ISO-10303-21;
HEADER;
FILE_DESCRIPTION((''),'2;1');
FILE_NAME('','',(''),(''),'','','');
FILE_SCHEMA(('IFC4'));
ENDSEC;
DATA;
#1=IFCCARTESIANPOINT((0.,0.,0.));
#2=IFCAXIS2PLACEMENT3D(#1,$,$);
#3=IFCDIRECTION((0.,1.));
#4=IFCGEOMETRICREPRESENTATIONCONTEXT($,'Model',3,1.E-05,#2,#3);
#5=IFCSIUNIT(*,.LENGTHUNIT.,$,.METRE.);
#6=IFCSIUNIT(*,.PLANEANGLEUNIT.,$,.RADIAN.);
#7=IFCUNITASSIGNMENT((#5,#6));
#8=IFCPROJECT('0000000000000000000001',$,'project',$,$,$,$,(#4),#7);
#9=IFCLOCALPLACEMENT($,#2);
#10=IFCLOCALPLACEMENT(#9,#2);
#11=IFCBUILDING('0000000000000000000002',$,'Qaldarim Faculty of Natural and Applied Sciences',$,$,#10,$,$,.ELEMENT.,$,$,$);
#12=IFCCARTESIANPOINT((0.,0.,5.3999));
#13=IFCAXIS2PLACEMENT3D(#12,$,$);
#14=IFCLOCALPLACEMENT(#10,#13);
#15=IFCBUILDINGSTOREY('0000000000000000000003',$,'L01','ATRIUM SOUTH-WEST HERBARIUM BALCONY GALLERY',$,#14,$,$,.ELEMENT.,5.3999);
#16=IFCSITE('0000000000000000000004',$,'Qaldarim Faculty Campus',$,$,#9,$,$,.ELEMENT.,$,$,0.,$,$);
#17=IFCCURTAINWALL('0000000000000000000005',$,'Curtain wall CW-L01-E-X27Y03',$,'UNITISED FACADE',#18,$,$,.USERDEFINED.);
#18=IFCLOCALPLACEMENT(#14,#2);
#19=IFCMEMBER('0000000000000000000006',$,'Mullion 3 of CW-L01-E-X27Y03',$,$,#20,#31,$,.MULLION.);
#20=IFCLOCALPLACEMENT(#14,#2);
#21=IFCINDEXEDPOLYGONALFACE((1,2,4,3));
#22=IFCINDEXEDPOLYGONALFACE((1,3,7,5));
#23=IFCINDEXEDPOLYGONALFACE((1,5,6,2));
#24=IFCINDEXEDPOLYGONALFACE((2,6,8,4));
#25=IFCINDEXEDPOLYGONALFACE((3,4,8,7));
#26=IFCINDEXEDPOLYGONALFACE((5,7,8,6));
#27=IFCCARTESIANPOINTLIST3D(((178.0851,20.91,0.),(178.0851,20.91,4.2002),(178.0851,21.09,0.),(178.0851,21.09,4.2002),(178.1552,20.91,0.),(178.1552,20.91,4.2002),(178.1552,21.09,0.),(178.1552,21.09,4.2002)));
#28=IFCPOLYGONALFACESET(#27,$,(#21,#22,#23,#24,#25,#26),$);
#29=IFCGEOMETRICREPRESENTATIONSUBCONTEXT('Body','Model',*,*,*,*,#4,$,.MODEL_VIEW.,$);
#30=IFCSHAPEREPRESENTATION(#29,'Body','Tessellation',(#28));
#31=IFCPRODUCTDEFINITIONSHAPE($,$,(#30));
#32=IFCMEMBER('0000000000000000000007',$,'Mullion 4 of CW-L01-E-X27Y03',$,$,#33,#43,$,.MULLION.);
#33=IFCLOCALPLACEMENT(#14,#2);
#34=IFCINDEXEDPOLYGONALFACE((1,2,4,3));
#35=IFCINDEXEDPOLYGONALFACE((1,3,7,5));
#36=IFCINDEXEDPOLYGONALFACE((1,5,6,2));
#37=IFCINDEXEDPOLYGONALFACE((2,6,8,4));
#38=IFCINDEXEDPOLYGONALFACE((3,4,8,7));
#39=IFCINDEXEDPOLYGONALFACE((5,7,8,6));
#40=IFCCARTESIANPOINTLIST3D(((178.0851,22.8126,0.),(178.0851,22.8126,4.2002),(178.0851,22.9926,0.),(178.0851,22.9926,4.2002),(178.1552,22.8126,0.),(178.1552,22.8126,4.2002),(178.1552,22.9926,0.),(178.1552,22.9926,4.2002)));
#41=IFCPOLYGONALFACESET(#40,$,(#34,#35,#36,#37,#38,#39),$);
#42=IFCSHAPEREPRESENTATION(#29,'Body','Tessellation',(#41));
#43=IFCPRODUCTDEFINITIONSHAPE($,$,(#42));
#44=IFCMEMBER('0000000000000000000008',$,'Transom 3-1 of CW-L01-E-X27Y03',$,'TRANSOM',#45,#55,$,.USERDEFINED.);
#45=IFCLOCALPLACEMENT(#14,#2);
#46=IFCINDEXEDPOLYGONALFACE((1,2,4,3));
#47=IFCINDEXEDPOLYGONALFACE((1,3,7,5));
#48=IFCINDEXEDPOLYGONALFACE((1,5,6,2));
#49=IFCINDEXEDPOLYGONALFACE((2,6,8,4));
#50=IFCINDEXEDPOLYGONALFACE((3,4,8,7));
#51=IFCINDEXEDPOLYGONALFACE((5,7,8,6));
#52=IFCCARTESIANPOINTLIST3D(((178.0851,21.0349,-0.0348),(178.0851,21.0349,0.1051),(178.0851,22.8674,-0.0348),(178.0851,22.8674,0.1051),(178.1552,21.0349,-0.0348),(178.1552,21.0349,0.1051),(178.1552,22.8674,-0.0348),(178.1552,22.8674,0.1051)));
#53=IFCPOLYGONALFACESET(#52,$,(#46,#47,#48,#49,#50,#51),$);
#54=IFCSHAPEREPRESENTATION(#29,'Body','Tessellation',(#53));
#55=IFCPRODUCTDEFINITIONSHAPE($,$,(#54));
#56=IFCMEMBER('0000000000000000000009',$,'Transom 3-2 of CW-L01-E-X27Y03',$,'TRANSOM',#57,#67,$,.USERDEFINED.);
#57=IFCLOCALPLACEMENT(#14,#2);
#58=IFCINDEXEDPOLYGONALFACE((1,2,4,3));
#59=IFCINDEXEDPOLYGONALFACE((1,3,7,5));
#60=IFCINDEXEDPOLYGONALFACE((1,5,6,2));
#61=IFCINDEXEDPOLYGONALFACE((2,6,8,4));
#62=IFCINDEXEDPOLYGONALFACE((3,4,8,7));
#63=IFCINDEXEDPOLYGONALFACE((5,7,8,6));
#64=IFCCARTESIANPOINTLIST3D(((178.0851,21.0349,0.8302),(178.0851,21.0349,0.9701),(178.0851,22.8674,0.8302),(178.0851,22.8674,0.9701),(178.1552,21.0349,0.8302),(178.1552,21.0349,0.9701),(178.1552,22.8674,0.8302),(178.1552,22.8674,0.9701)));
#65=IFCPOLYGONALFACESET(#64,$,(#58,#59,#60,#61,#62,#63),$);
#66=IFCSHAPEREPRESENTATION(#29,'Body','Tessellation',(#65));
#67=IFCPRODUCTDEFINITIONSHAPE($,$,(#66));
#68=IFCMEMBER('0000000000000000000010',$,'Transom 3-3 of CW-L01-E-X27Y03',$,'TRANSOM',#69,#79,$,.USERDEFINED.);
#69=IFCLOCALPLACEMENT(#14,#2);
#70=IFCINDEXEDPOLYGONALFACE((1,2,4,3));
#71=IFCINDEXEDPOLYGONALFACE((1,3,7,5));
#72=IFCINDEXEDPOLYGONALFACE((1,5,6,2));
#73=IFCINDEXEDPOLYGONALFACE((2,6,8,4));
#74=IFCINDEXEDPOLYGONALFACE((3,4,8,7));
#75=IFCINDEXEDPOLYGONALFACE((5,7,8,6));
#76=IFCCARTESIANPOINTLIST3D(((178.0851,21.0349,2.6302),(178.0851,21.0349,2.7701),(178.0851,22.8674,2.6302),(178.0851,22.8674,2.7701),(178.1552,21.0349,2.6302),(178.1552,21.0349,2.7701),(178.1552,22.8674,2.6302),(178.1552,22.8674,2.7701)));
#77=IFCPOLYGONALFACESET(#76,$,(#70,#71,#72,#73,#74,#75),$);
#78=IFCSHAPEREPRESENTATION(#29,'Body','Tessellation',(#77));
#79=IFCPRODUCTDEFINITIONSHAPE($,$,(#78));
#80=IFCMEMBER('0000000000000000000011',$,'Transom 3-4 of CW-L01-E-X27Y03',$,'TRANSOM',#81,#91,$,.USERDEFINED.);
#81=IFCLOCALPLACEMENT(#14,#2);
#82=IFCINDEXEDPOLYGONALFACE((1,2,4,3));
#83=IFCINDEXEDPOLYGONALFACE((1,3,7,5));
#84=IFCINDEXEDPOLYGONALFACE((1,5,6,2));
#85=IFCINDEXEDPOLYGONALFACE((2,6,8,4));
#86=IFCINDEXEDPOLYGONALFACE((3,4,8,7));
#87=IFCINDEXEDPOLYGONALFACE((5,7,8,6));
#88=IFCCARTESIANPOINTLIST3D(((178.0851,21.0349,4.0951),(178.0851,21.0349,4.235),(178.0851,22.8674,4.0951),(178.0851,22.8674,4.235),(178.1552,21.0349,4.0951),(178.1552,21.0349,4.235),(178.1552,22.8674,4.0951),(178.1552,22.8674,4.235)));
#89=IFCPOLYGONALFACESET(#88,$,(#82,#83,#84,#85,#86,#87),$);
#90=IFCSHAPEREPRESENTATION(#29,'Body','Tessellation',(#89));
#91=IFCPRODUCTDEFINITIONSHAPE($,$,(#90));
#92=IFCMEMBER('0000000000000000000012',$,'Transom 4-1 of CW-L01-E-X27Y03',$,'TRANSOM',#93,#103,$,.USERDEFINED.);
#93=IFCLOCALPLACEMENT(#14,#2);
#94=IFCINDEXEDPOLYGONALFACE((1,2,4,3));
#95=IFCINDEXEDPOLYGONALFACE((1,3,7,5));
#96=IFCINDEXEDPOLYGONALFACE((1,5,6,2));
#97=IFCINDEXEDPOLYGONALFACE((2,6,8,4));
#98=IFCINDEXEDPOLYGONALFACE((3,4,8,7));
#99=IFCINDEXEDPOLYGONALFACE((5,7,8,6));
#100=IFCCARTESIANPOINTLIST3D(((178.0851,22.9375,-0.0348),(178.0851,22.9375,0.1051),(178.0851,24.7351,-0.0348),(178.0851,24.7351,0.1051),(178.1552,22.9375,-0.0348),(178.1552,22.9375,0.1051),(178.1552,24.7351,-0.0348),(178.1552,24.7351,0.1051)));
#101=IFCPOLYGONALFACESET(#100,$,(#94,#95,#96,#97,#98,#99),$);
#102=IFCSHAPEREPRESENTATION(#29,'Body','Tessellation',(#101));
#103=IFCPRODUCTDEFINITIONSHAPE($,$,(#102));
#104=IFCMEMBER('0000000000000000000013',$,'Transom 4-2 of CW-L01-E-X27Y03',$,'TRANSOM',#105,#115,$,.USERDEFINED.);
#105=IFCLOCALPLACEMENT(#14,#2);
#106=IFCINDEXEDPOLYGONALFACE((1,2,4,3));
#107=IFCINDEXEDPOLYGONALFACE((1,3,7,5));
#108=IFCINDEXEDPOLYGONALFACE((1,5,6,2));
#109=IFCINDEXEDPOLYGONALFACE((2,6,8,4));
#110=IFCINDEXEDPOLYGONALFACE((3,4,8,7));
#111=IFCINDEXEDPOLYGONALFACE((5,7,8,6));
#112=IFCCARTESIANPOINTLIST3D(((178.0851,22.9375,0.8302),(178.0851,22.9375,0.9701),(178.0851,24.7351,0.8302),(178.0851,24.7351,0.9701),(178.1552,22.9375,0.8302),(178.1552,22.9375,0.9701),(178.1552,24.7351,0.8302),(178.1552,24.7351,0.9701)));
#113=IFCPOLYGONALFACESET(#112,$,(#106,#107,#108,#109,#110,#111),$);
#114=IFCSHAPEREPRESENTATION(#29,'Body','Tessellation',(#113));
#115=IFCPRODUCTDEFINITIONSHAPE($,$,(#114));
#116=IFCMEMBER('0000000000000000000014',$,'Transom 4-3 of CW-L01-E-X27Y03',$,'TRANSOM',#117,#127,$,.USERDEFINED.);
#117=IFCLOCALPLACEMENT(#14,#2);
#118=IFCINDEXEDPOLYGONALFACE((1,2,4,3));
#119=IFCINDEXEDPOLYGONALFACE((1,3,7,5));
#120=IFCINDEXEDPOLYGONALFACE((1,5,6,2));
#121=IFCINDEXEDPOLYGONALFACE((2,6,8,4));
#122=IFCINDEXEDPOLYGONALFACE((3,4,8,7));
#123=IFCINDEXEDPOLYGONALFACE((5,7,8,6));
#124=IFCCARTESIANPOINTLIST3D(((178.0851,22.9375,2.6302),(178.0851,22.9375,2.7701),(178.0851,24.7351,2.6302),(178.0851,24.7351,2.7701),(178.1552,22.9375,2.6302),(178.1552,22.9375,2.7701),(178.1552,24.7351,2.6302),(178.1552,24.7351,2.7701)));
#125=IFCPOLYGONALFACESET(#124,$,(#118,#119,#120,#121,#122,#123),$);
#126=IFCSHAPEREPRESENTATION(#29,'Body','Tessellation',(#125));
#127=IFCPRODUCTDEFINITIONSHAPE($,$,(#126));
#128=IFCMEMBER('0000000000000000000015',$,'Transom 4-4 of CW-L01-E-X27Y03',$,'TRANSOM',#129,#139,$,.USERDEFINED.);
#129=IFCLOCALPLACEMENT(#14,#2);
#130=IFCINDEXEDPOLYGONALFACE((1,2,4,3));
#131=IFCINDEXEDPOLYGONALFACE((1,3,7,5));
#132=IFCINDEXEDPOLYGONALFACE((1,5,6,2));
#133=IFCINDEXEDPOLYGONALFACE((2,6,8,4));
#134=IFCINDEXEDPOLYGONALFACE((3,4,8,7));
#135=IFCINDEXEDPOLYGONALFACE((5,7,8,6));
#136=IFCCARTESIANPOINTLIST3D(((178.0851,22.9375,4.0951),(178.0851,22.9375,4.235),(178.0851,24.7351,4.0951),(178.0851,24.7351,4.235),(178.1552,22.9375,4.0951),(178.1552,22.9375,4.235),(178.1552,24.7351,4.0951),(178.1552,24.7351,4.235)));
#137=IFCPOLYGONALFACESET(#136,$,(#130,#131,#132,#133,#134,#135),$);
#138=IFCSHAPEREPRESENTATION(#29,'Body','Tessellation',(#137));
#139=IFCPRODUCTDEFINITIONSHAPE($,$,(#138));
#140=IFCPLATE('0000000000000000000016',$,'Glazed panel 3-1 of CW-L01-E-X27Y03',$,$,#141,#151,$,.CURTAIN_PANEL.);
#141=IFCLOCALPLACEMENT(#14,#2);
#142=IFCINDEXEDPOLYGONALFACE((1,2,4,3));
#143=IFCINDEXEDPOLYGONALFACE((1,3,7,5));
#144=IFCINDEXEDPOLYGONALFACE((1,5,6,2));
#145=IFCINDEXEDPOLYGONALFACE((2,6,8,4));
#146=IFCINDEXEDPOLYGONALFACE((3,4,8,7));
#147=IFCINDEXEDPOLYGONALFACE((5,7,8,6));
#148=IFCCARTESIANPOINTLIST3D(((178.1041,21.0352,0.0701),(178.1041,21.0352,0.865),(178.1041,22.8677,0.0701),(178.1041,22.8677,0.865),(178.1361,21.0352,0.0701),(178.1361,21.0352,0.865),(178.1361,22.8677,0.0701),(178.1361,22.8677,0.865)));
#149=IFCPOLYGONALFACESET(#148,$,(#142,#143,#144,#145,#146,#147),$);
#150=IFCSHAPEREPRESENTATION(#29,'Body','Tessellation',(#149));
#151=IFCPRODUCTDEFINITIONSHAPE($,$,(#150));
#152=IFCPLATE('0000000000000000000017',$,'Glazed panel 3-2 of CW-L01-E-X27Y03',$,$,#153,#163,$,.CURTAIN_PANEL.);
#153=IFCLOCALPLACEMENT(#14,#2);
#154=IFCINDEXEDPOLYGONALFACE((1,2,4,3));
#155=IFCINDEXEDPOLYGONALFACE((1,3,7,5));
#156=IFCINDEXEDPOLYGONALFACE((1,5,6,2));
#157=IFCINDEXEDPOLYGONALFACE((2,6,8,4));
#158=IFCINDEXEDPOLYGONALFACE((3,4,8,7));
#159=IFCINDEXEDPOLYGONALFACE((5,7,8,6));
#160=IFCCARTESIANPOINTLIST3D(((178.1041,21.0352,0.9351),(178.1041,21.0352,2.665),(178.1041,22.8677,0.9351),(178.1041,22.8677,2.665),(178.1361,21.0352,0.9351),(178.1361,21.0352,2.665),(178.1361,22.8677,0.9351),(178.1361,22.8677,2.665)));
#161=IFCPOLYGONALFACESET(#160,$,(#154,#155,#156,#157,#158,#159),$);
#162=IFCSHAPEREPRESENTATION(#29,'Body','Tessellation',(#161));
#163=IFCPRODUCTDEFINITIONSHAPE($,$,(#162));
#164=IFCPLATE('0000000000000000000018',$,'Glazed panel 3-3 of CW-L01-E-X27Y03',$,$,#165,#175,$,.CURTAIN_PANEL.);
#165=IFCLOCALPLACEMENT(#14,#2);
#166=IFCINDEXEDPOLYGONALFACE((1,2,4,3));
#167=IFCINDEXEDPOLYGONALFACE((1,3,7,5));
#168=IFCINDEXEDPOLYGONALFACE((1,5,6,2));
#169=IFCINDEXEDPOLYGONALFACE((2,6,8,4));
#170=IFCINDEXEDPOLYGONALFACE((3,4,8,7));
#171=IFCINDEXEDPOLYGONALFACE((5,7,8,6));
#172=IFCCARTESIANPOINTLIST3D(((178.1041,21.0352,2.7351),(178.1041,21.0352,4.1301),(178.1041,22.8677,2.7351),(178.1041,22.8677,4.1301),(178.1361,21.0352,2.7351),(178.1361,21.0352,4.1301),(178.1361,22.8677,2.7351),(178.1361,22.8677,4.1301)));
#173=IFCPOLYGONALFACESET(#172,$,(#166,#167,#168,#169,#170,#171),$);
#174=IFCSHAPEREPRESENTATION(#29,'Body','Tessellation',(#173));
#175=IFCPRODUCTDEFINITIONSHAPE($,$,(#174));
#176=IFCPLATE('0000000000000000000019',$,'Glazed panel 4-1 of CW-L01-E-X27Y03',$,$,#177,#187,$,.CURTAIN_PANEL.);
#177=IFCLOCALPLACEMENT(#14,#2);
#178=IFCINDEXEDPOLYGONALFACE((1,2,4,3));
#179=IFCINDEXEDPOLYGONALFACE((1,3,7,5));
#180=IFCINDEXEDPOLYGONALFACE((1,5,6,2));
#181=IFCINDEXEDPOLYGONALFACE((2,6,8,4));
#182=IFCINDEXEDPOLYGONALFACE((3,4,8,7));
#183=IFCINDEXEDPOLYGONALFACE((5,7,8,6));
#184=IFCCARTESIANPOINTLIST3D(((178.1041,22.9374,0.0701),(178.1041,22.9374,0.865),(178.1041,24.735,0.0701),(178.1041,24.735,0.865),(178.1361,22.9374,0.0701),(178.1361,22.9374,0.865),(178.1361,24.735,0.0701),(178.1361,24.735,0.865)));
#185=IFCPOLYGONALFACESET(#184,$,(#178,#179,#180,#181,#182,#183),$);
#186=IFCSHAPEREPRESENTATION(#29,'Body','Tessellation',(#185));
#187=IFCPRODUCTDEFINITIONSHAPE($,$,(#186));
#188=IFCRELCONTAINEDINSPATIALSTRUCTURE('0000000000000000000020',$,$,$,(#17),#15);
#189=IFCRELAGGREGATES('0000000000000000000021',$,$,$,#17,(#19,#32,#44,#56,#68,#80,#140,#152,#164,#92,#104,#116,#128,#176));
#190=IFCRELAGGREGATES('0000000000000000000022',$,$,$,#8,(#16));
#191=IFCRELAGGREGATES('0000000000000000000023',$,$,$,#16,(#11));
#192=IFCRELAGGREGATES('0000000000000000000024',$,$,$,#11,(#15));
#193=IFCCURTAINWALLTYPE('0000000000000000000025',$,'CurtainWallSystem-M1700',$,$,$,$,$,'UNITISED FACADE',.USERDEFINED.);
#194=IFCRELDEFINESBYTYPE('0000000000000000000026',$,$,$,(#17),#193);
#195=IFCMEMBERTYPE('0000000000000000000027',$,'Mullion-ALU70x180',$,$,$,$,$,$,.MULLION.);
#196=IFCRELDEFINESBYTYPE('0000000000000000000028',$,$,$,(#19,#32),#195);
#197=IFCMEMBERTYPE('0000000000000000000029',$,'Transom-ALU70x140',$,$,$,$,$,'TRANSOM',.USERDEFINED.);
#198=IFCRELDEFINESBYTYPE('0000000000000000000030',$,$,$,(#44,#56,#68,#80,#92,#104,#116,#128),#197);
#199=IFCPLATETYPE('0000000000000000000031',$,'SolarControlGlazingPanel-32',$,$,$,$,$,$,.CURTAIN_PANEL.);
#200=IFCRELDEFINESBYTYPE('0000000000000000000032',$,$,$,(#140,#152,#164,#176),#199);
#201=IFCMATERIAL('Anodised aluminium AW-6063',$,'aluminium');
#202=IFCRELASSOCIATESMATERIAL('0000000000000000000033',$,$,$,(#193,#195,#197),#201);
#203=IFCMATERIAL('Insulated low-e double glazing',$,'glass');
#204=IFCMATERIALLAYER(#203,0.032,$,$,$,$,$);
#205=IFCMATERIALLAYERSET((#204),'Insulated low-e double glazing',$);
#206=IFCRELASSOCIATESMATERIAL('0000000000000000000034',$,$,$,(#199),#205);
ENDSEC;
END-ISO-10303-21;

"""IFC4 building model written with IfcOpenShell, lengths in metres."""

from ifc_helpers import new_model, si_unit, direction, frame, origin, origin_2d, place, context, subcontext, project, spatial, rectangle, extrude, material, layer, layer_set, material_profile, profile_set, type_object, element, aggregate, save


model = new_model("IFC4")

# Units and contexts
model_context = context("Model", 3, precision=1e-05, world=origin(), true_north=direction((0.0, 1.0)))
body_context = subcontext(model_context, "Body", "Model", "MODEL_VIEW")
ifc_project = project(units=[si_unit("LENGTHUNIT", "METRE"), si_unit("PLANEANGLEUNIT", "RADIAN")], contexts=[model_context])

# Site, building, storey
site_placement = place(None, origin())
site = spatial("IfcSite", under=ifc_project, at=site_placement, Name="Qaldarim Faculty Campus", CompositionType="ELEMENT", RefElevation=0.0)
building_placement = place(site_placement, origin())
building = spatial("IfcBuilding", under=site, at=building_placement, Name="Qaldarim Faculty of Natural and Applied Sciences", CompositionType="ELEMENT")
storey_placement = place(building_placement, frame((0.0, 0.0, 5.3999)))
storey = spatial("IfcBuildingStorey", under=building, at=storey_placement, Name="L01", Description="ATRIUM SOUTH-WEST HERBARIUM BALCONY GALLERY", CompositionType="ELEMENT", Elevation=5.3999)

# Curtain wall, members, plates
ifc_material_1 = material(Name="Anodised aluminium AW-6063", Category="aluminium")
curtain_wall_type = type_object("IfcCurtainWallType", Name="CurtainWallSystem-M1700", ElementType="UNITISED FACADE", PredefinedType="USERDEFINED", material=ifc_material_1)
curtain_wall_placement = place(storey_placement, origin())
curtain_wall = element("IfcCurtainWall", 1, at=curtain_wall_placement, inside=storey, type_object=curtain_wall_type, Name="Curtain wall CW-L01-E-X27Y03", ObjectType="UNITISED FACADE", PredefinedType="USERDEFINED")
ifc_material_profile_1 = material_profile(ifc_material_1, rectangle(XDim=0.0701, YDim=0.1799, at=origin_2d()), Name="ALU-M70x180")
ifc_profile_set_1 = profile_set([ifc_material_profile_1], Name="Anodised aluminium AW-6063")
member_type_1 = type_object("IfcMemberType", Name="Mullion-ALU70x180", PredefinedType="MULLION", material=ifc_profile_set_1)
member_1_placement = place(storey_placement, frame((178.1201, 21.0, 0.0), z_axis=(0.0, 0.0, 1.0), x_axis=(-1.0, 0.0, 0.0)))
member_1 = element("IfcMember", 2, at=member_1_placement, type_object=member_type_1, Name="Mullion 3 of CW-L01-E-X27Y03", PredefinedType="MULLION", context=body_context, shape_type="SweptSolid", body=[
    extrude(rectangle(XDim=0.0701, YDim=0.1799, at=origin_2d()), origin(), (0.0, 0.0, 1.0), 4.2002),
])
member_2_placement = place(storey_placement, frame((178.1201, 22.9026, 0.0), z_axis=(0.0, 0.0, 1.0), x_axis=(-1.0, 0.0, 0.0)))
member_2 = element("IfcMember", 3, at=member_2_placement, type_object=member_type_1, Name="Mullion 4 of CW-L01-E-X27Y03", PredefinedType="MULLION", context=body_context, shape_type="SweptSolid", body=[
    extrude(rectangle(XDim=0.0701, YDim=0.1799, at=origin_2d()), origin(), (0.0, 0.0, 1.0), 4.2002),
])
ifc_material_profile_2 = material_profile(ifc_material_1, rectangle(XDim=0.0701, YDim=0.1399, at=origin_2d()), Name="ALU-T70x140")
ifc_profile_set_2 = profile_set([ifc_material_profile_2], Name="Anodised aluminium AW-6063")
member_type_2 = type_object("IfcMemberType", Name="Transom-ALU70x140", ElementType="TRANSOM", PredefinedType="USERDEFINED", material=ifc_profile_set_2)
member_3_placement = place(storey_placement, frame((178.1201, 21.0349, 0.0352), z_axis=(0.0, 1.0, 0.0), x_axis=(-1.0, 0.0, 0.0)))
member_3 = element("IfcMember", 4, at=member_3_placement, type_object=member_type_2, Name="Transom 3-1 of CW-L01-E-X27Y03", ObjectType="TRANSOM", PredefinedType="USERDEFINED", context=body_context, shape_type="SweptSolid", body=[
    extrude(rectangle(XDim=0.0701, YDim=0.1399, at=origin_2d()), origin(), (0.0, 0.0, 1.0), 1.8325),
])
member_4_placement = place(storey_placement, frame((178.1201, 21.0349, 0.9001), z_axis=(0.0, 1.0, 0.0), x_axis=(-1.0, 0.0, 0.0)))
member_4 = element("IfcMember", 5, at=member_4_placement, type_object=member_type_2, Name="Transom 3-2 of CW-L01-E-X27Y03", ObjectType="TRANSOM", PredefinedType="USERDEFINED", context=body_context, shape_type="SweptSolid", body=[
    extrude(rectangle(XDim=0.0701, YDim=0.1399, at=origin_2d()), origin(), (0.0, 0.0, 1.0), 1.8325),
])
member_5_placement = place(storey_placement, frame((178.1201, 21.0349, 2.7002), z_axis=(0.0, 1.0, 0.0), x_axis=(-1.0, 0.0, 0.0)))
member_5 = element("IfcMember", 6, at=member_5_placement, type_object=member_type_2, Name="Transom 3-3 of CW-L01-E-X27Y03", ObjectType="TRANSOM", PredefinedType="USERDEFINED", context=body_context, shape_type="SweptSolid", body=[
    extrude(rectangle(XDim=0.0701, YDim=0.1399, at=origin_2d()), origin(), (0.0, 0.0, 1.0), 1.8325),
])
member_6_placement = place(storey_placement, frame((178.1201, 21.0349, 4.165), z_axis=(0.0, 1.0, 0.0), x_axis=(-1.0, 0.0, 0.0)))
member_6 = element("IfcMember", 7, at=member_6_placement, type_object=member_type_2, Name="Transom 3-4 of CW-L01-E-X27Y03", ObjectType="TRANSOM", PredefinedType="USERDEFINED", context=body_context, shape_type="SweptSolid", body=[
    extrude(rectangle(XDim=0.0701, YDim=0.1399, at=origin_2d()), origin(), (0.0, 0.0, 1.0), 1.8325),
])
member_7_placement = place(storey_placement, frame((178.1201, 22.9375, 0.0352), z_axis=(0.0, 1.0, 0.0), x_axis=(-1.0, 0.0, 0.0)))
member_7 = element("IfcMember", 8, at=member_7_placement, type_object=member_type_2, Name="Transom 4-1 of CW-L01-E-X27Y03", ObjectType="TRANSOM", PredefinedType="USERDEFINED", context=body_context, shape_type="SweptSolid", body=[
    extrude(rectangle(XDim=0.0701, YDim=0.1399, at=origin_2d()), origin(), (0.0, 0.0, 1.0), 1.7976),
])
member_8_placement = place(storey_placement, frame((178.1201, 22.9375, 0.9001), z_axis=(0.0, 1.0, 0.0), x_axis=(-1.0, 0.0, 0.0)))
member_8 = element("IfcMember", 9, at=member_8_placement, type_object=member_type_2, Name="Transom 4-2 of CW-L01-E-X27Y03", ObjectType="TRANSOM", PredefinedType="USERDEFINED", context=body_context, shape_type="SweptSolid", body=[
    extrude(rectangle(XDim=0.0701, YDim=0.1399, at=origin_2d()), origin(), (0.0, 0.0, 1.0), 1.7976),
])
member_9_placement = place(storey_placement, frame((178.1201, 22.9375, 2.7002), z_axis=(0.0, 1.0, 0.0), x_axis=(-1.0, 0.0, 0.0)))
member_9 = element("IfcMember", 10, at=member_9_placement, type_object=member_type_2, Name="Transom 4-3 of CW-L01-E-X27Y03", ObjectType="TRANSOM", PredefinedType="USERDEFINED", context=body_context, shape_type="SweptSolid", body=[
    extrude(rectangle(XDim=0.0701, YDim=0.1399, at=origin_2d()), origin(), (0.0, 0.0, 1.0), 1.7976),
])
member_10_placement = place(storey_placement, frame((178.1201, 22.9375, 4.165), z_axis=(0.0, 1.0, 0.0), x_axis=(-1.0, 0.0, 0.0)))
member_10 = element("IfcMember", 11, at=member_10_placement, type_object=member_type_2, Name="Transom 4-4 of CW-L01-E-X27Y03", ObjectType="TRANSOM", PredefinedType="USERDEFINED", context=body_context, shape_type="SweptSolid", body=[
    extrude(rectangle(XDim=0.0701, YDim=0.1399, at=origin_2d()), origin(), (0.0, 0.0, 1.0), 1.7976),
])
ifc_material_2 = material(Name="Insulated low-e double glazing", Category="glass")
ifc_layer_1 = layer(ifc_material_2, 0.032)
ifc_layer_set_1 = layer_set([ifc_layer_1], Name="Insulated low-e double glazing")
plate_type = type_object("IfcPlateType", Name="SolarControlGlazingPanel-32", PredefinedType="CURTAIN_PANEL", material=ifc_layer_set_1)
plate_1_placement = place(storey_placement, frame((178.1201, 21.9514, 0.0701), z_axis=(0.0, 0.0, 1.0), x_axis=(0.0, 1.0, 0.0)))
plate_1 = element("IfcPlate", 12, at=plate_1_placement, type_object=plate_type, Name="Glazed panel 3-1 of CW-L01-E-X27Y03", PredefinedType="CURTAIN_PANEL", context=body_context, shape_type="SweptSolid", body=[
    extrude(rectangle(XDim=1.8325, YDim=0.032, at=origin_2d()), origin(), (0.0, 0.0, 1.0), 0.7949),
])
plate_2_placement = place(storey_placement, frame((178.1201, 21.9514, 0.9351), z_axis=(0.0, 0.0, 1.0), x_axis=(0.0, 1.0, 0.0)))
plate_2 = element("IfcPlate", 13, at=plate_2_placement, type_object=plate_type, Name="Glazed panel 3-2 of CW-L01-E-X27Y03", PredefinedType="CURTAIN_PANEL", context=body_context, shape_type="SweptSolid", body=[
    extrude(rectangle(XDim=1.8325, YDim=0.032, at=origin_2d()), origin(), (0.0, 0.0, 1.0), 1.73),
])
plate_3_placement = place(storey_placement, frame((178.1201, 21.9514, 2.7351), z_axis=(0.0, 0.0, 1.0), x_axis=(0.0, 1.0, 0.0)))
plate_3 = element("IfcPlate", 14, at=plate_3_placement, type_object=plate_type, Name="Glazed panel 3-3 of CW-L01-E-X27Y03", PredefinedType="CURTAIN_PANEL", context=body_context, shape_type="SweptSolid", body=[
    extrude(rectangle(XDim=1.8325, YDim=0.032, at=origin_2d()), origin(), (0.0, 0.0, 1.0), 1.395),
])
plate_4_placement = place(storey_placement, frame((178.1201, 23.8362, 0.0701), z_axis=(0.0, 0.0, 1.0), x_axis=(0.0, 1.0, 0.0)))
plate_4 = element("IfcPlate", 15, at=plate_4_placement, type_object=plate_type, Name="Glazed panel 4-1 of CW-L01-E-X27Y03", PredefinedType="CURTAIN_PANEL", context=body_context, shape_type="SweptSolid", body=[
    extrude(rectangle(XDim=1.7976, YDim=0.032, at=origin_2d()), origin(), (0.0, 0.0, 1.0), 0.7949),
])
aggregate(curtain_wall, [member_1, member_2, member_3, member_4, member_5, member_6, plate_1, plate_2, plate_3, member_7, member_8, member_9, member_10, plate_4])

save(model, "model.ifc")
